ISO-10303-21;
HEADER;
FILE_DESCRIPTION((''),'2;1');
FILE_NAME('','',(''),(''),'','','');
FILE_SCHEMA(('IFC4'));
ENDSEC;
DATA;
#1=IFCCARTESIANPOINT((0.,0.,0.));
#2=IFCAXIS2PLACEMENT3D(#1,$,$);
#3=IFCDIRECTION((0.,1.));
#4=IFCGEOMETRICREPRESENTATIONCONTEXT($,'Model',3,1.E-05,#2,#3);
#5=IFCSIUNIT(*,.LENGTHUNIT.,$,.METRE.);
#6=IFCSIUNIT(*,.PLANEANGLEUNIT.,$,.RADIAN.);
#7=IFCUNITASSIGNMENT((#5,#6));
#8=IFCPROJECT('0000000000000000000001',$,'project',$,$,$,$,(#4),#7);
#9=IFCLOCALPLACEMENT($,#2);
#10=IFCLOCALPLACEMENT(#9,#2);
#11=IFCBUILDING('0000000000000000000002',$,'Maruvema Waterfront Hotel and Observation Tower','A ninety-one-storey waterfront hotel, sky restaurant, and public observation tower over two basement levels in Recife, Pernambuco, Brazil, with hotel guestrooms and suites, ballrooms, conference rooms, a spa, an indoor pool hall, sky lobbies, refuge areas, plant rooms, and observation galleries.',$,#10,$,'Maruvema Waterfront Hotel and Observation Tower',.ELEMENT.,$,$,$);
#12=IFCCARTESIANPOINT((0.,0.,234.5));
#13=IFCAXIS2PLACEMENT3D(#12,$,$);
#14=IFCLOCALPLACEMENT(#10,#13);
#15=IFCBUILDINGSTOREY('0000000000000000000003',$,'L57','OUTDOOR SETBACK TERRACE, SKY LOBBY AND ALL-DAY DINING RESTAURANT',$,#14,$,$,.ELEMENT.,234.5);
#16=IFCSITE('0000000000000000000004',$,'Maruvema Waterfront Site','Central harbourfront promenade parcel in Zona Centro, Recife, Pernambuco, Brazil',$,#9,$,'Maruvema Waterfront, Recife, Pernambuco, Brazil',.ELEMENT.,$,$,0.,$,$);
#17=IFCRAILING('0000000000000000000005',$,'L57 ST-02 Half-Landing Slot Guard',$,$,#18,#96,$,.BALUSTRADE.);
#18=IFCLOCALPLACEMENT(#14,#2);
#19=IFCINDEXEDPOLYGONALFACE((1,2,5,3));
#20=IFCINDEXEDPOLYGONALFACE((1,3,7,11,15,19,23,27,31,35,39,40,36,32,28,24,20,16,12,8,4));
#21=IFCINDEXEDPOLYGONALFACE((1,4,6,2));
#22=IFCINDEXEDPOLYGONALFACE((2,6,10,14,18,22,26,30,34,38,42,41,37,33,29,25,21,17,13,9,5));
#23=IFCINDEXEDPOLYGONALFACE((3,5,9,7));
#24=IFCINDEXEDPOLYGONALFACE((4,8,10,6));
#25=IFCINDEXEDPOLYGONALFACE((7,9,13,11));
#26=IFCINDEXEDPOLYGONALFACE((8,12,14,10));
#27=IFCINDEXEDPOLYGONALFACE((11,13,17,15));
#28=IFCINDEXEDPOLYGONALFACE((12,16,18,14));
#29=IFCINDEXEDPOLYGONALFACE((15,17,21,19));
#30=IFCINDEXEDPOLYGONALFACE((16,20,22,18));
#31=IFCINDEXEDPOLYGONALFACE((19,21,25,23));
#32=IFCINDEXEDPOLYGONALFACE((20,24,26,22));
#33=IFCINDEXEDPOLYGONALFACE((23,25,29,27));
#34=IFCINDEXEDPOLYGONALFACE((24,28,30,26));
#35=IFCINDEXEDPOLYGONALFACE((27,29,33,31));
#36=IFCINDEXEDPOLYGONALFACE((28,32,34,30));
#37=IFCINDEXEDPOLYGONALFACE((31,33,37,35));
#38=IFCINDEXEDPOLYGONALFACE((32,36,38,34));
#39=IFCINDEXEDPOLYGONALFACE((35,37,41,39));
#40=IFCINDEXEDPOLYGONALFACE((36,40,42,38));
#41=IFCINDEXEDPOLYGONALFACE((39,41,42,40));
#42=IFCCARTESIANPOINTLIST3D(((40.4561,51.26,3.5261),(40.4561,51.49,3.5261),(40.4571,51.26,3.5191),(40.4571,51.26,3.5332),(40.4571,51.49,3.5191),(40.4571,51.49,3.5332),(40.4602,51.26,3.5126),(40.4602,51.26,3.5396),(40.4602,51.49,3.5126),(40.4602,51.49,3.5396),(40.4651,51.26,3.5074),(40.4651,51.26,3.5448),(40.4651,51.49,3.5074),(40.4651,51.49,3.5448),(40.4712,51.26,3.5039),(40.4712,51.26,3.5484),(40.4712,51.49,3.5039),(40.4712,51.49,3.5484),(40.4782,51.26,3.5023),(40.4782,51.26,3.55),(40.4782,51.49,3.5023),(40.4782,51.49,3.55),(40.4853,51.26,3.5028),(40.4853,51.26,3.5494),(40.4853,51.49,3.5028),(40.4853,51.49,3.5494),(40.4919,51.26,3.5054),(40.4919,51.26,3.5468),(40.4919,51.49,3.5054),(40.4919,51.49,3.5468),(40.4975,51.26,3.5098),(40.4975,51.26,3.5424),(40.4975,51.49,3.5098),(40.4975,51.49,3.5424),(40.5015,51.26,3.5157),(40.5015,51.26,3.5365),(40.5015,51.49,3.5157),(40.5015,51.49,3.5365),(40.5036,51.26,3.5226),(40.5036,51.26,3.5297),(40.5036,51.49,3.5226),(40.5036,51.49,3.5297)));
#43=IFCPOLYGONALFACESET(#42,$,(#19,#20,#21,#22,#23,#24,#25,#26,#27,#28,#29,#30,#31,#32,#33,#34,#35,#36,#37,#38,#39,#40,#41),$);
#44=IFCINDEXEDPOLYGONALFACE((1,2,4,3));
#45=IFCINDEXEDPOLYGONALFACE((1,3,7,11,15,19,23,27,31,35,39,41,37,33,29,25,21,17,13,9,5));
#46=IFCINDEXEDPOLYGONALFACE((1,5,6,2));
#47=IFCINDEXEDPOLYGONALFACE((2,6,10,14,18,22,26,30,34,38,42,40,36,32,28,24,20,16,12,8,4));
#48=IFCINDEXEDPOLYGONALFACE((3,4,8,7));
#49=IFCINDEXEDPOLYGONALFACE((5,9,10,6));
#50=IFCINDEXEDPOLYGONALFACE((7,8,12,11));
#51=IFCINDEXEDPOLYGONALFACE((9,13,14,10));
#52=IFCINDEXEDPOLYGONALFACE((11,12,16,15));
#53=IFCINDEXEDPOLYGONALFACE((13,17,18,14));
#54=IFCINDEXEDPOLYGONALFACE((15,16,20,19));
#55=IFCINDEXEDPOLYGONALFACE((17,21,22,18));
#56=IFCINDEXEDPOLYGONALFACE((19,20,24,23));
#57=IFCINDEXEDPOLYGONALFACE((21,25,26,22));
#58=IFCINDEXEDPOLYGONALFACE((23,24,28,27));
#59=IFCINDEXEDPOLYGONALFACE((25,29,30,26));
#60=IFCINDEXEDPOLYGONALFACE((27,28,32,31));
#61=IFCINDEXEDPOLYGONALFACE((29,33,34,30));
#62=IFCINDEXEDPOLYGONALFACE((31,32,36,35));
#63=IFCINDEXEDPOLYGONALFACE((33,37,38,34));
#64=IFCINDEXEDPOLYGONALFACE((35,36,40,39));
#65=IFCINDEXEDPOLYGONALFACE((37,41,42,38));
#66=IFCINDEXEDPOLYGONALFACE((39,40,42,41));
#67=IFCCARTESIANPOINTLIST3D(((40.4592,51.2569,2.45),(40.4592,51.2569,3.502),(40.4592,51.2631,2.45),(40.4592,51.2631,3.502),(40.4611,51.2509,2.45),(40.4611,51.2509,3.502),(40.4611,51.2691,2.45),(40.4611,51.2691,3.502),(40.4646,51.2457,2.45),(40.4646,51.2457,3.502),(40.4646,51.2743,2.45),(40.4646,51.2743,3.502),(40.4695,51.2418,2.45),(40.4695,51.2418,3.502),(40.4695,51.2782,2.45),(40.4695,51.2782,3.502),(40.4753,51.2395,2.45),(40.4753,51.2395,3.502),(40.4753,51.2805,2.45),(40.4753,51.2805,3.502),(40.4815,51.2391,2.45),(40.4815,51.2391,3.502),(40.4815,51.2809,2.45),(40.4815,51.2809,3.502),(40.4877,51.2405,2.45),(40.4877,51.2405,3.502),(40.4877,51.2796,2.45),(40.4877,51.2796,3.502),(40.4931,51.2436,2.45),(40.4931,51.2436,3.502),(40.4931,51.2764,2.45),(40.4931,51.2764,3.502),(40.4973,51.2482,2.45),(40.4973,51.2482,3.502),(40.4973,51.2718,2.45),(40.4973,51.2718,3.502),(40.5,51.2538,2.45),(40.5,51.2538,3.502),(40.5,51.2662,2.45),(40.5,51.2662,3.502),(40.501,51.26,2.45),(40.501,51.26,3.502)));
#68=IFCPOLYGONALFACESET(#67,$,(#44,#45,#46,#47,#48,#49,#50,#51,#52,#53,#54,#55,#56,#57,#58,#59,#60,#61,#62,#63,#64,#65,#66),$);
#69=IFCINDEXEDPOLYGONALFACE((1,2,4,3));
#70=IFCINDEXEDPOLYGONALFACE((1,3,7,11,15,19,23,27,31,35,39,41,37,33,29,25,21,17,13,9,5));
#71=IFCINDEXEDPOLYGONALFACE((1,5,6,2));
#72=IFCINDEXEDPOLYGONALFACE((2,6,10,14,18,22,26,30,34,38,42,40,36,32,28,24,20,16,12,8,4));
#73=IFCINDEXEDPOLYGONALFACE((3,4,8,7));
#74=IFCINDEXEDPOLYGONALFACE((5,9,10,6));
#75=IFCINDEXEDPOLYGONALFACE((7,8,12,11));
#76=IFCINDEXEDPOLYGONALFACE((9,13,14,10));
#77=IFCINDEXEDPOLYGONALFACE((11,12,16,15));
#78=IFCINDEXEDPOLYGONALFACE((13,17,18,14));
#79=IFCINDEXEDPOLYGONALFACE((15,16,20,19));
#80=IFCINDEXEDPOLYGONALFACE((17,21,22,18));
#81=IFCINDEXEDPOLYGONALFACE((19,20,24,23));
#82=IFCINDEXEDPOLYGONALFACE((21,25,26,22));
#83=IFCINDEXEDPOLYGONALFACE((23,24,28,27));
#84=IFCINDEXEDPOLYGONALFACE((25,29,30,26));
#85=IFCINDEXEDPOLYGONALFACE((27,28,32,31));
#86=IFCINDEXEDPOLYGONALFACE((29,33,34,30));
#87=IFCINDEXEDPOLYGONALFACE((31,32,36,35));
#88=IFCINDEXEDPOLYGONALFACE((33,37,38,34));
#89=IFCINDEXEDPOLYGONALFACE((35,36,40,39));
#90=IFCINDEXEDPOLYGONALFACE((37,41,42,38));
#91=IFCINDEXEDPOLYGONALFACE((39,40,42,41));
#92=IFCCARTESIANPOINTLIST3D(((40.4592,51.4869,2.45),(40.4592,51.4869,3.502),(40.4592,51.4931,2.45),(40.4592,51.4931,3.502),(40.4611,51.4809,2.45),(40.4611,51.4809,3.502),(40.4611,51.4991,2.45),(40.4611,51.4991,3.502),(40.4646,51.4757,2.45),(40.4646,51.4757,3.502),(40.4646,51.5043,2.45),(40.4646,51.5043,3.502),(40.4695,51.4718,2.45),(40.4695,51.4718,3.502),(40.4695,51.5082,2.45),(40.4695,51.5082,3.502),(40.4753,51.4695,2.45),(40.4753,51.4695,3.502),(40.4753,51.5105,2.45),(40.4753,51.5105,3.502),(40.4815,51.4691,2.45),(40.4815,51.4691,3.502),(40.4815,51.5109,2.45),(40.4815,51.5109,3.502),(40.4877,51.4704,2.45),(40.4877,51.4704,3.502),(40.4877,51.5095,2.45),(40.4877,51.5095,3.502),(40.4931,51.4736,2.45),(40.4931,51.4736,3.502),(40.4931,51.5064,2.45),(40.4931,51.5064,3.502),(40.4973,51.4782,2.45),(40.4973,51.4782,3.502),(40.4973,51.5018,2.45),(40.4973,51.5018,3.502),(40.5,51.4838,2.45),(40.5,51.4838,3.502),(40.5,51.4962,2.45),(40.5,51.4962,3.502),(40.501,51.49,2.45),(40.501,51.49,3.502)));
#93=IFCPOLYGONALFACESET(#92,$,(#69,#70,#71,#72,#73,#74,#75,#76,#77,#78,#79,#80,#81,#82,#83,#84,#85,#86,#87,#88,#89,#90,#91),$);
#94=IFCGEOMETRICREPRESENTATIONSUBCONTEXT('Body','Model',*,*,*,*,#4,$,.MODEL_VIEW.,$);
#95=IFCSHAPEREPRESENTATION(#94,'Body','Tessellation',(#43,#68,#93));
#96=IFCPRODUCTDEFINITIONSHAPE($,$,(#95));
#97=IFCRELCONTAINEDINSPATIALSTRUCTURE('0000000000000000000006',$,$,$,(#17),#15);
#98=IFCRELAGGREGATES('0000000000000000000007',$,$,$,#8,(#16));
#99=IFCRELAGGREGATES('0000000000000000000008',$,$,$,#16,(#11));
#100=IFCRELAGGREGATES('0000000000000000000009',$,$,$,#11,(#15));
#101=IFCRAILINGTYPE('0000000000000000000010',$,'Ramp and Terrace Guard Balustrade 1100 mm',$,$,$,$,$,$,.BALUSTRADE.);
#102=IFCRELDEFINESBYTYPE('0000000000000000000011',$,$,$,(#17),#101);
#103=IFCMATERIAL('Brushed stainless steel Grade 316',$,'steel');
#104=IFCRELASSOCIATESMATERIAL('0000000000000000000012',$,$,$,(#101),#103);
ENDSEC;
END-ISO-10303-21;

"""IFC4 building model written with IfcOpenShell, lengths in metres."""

from ifc_helpers import new_model, si_unit, direction, frame, origin, origin_2d, place, context, subcontext, project, spatial, circle, extrude, material, type_object, element, save


model = new_model("IFC4")

# Units and contexts
model_context = context("Model", 3, precision=1e-05, world=origin(), true_north=direction((0.0, 1.0)))
body_context = subcontext(model_context, "Body", "Model", "MODEL_VIEW")
ifc_project = project(units=[si_unit("LENGTHUNIT", "METRE"), si_unit("PLANEANGLEUNIT", "RADIAN")], contexts=[model_context])

# Site, building, storey
site_placement = place(None, origin())
site = spatial("IfcSite", under=ifc_project, at=site_placement, Name="Maruvema Waterfront Site", Description="Central harbourfront promenade parcel in Zona Centro, Recife, Pernambuco, Brazil", LongName="Maruvema Waterfront, Recife, Pernambuco, Brazil", CompositionType="ELEMENT", RefElevation=0.0)
building_placement = place(site_placement, origin())
building = spatial("IfcBuilding", under=site, at=building_placement, Name="Maruvema Waterfront Hotel and Observation Tower", Description="A ninety-one-storey waterfront hotel, sky restaurant, and public observation tower over two basement levels in Recife, Pernambuco, Brazil, with hotel guestrooms and suites, ballrooms, conference rooms, a spa, an indoor pool hall, sky lobbies, refuge areas, plant rooms, and observation galleries.", LongName="Maruvema Waterfront Hotel and Observation Tower", CompositionType="ELEMENT")
storey_placement = place(building_placement, frame((0.0, 0.0, 234.5)))
storey = spatial("IfcBuildingStorey", under=building, at=storey_placement, Name="L57", Description="OUTDOOR SETBACK TERRACE, SKY LOBBY AND ALL-DAY DINING RESTAURANT", CompositionType="ELEMENT", Elevation=234.5)

# Railing
ifc_material_1 = material(Name="Brushed stainless steel Grade 316", Category="steel")
railing_type_1 = type_object("IfcRailingType", Name="Ramp and Terrace Guard Balustrade 1100 mm", PredefinedType="BALUSTRADE", material=ifc_material_1)
railing_1_placement = place(storey_placement, frame((40.48, 51.26, 2.45)))
element("IfcRailing", 1, at=railing_1_placement, inside=storey, type_object=railing_type_1, Name="L57 ST-02 Half-Landing Slot Guard", PredefinedType="BALUSTRADE", context=body_context, shape_type="SweptSolid", body=[
    extrude(circle(Radius=0.0239, at=origin_2d()), frame((0.0, 0.0, 1.0762), z_axis=(0.0, 1.0, 0.0), x_axis=(-1.0, 0.0, 0.0)), (0.0, 0.0, 1.0), 0.23),
    extrude(circle(Radius=0.021, at=origin_2d()), origin(), (0.0, 0.0, 1.0), 1.052),
    extrude(circle(Radius=0.021, at=origin_2d()), frame((0.0, 0.23, 0.0)), (0.0, 0.0, 1.0), 1.052),
])

save(model, "model.ifc")
